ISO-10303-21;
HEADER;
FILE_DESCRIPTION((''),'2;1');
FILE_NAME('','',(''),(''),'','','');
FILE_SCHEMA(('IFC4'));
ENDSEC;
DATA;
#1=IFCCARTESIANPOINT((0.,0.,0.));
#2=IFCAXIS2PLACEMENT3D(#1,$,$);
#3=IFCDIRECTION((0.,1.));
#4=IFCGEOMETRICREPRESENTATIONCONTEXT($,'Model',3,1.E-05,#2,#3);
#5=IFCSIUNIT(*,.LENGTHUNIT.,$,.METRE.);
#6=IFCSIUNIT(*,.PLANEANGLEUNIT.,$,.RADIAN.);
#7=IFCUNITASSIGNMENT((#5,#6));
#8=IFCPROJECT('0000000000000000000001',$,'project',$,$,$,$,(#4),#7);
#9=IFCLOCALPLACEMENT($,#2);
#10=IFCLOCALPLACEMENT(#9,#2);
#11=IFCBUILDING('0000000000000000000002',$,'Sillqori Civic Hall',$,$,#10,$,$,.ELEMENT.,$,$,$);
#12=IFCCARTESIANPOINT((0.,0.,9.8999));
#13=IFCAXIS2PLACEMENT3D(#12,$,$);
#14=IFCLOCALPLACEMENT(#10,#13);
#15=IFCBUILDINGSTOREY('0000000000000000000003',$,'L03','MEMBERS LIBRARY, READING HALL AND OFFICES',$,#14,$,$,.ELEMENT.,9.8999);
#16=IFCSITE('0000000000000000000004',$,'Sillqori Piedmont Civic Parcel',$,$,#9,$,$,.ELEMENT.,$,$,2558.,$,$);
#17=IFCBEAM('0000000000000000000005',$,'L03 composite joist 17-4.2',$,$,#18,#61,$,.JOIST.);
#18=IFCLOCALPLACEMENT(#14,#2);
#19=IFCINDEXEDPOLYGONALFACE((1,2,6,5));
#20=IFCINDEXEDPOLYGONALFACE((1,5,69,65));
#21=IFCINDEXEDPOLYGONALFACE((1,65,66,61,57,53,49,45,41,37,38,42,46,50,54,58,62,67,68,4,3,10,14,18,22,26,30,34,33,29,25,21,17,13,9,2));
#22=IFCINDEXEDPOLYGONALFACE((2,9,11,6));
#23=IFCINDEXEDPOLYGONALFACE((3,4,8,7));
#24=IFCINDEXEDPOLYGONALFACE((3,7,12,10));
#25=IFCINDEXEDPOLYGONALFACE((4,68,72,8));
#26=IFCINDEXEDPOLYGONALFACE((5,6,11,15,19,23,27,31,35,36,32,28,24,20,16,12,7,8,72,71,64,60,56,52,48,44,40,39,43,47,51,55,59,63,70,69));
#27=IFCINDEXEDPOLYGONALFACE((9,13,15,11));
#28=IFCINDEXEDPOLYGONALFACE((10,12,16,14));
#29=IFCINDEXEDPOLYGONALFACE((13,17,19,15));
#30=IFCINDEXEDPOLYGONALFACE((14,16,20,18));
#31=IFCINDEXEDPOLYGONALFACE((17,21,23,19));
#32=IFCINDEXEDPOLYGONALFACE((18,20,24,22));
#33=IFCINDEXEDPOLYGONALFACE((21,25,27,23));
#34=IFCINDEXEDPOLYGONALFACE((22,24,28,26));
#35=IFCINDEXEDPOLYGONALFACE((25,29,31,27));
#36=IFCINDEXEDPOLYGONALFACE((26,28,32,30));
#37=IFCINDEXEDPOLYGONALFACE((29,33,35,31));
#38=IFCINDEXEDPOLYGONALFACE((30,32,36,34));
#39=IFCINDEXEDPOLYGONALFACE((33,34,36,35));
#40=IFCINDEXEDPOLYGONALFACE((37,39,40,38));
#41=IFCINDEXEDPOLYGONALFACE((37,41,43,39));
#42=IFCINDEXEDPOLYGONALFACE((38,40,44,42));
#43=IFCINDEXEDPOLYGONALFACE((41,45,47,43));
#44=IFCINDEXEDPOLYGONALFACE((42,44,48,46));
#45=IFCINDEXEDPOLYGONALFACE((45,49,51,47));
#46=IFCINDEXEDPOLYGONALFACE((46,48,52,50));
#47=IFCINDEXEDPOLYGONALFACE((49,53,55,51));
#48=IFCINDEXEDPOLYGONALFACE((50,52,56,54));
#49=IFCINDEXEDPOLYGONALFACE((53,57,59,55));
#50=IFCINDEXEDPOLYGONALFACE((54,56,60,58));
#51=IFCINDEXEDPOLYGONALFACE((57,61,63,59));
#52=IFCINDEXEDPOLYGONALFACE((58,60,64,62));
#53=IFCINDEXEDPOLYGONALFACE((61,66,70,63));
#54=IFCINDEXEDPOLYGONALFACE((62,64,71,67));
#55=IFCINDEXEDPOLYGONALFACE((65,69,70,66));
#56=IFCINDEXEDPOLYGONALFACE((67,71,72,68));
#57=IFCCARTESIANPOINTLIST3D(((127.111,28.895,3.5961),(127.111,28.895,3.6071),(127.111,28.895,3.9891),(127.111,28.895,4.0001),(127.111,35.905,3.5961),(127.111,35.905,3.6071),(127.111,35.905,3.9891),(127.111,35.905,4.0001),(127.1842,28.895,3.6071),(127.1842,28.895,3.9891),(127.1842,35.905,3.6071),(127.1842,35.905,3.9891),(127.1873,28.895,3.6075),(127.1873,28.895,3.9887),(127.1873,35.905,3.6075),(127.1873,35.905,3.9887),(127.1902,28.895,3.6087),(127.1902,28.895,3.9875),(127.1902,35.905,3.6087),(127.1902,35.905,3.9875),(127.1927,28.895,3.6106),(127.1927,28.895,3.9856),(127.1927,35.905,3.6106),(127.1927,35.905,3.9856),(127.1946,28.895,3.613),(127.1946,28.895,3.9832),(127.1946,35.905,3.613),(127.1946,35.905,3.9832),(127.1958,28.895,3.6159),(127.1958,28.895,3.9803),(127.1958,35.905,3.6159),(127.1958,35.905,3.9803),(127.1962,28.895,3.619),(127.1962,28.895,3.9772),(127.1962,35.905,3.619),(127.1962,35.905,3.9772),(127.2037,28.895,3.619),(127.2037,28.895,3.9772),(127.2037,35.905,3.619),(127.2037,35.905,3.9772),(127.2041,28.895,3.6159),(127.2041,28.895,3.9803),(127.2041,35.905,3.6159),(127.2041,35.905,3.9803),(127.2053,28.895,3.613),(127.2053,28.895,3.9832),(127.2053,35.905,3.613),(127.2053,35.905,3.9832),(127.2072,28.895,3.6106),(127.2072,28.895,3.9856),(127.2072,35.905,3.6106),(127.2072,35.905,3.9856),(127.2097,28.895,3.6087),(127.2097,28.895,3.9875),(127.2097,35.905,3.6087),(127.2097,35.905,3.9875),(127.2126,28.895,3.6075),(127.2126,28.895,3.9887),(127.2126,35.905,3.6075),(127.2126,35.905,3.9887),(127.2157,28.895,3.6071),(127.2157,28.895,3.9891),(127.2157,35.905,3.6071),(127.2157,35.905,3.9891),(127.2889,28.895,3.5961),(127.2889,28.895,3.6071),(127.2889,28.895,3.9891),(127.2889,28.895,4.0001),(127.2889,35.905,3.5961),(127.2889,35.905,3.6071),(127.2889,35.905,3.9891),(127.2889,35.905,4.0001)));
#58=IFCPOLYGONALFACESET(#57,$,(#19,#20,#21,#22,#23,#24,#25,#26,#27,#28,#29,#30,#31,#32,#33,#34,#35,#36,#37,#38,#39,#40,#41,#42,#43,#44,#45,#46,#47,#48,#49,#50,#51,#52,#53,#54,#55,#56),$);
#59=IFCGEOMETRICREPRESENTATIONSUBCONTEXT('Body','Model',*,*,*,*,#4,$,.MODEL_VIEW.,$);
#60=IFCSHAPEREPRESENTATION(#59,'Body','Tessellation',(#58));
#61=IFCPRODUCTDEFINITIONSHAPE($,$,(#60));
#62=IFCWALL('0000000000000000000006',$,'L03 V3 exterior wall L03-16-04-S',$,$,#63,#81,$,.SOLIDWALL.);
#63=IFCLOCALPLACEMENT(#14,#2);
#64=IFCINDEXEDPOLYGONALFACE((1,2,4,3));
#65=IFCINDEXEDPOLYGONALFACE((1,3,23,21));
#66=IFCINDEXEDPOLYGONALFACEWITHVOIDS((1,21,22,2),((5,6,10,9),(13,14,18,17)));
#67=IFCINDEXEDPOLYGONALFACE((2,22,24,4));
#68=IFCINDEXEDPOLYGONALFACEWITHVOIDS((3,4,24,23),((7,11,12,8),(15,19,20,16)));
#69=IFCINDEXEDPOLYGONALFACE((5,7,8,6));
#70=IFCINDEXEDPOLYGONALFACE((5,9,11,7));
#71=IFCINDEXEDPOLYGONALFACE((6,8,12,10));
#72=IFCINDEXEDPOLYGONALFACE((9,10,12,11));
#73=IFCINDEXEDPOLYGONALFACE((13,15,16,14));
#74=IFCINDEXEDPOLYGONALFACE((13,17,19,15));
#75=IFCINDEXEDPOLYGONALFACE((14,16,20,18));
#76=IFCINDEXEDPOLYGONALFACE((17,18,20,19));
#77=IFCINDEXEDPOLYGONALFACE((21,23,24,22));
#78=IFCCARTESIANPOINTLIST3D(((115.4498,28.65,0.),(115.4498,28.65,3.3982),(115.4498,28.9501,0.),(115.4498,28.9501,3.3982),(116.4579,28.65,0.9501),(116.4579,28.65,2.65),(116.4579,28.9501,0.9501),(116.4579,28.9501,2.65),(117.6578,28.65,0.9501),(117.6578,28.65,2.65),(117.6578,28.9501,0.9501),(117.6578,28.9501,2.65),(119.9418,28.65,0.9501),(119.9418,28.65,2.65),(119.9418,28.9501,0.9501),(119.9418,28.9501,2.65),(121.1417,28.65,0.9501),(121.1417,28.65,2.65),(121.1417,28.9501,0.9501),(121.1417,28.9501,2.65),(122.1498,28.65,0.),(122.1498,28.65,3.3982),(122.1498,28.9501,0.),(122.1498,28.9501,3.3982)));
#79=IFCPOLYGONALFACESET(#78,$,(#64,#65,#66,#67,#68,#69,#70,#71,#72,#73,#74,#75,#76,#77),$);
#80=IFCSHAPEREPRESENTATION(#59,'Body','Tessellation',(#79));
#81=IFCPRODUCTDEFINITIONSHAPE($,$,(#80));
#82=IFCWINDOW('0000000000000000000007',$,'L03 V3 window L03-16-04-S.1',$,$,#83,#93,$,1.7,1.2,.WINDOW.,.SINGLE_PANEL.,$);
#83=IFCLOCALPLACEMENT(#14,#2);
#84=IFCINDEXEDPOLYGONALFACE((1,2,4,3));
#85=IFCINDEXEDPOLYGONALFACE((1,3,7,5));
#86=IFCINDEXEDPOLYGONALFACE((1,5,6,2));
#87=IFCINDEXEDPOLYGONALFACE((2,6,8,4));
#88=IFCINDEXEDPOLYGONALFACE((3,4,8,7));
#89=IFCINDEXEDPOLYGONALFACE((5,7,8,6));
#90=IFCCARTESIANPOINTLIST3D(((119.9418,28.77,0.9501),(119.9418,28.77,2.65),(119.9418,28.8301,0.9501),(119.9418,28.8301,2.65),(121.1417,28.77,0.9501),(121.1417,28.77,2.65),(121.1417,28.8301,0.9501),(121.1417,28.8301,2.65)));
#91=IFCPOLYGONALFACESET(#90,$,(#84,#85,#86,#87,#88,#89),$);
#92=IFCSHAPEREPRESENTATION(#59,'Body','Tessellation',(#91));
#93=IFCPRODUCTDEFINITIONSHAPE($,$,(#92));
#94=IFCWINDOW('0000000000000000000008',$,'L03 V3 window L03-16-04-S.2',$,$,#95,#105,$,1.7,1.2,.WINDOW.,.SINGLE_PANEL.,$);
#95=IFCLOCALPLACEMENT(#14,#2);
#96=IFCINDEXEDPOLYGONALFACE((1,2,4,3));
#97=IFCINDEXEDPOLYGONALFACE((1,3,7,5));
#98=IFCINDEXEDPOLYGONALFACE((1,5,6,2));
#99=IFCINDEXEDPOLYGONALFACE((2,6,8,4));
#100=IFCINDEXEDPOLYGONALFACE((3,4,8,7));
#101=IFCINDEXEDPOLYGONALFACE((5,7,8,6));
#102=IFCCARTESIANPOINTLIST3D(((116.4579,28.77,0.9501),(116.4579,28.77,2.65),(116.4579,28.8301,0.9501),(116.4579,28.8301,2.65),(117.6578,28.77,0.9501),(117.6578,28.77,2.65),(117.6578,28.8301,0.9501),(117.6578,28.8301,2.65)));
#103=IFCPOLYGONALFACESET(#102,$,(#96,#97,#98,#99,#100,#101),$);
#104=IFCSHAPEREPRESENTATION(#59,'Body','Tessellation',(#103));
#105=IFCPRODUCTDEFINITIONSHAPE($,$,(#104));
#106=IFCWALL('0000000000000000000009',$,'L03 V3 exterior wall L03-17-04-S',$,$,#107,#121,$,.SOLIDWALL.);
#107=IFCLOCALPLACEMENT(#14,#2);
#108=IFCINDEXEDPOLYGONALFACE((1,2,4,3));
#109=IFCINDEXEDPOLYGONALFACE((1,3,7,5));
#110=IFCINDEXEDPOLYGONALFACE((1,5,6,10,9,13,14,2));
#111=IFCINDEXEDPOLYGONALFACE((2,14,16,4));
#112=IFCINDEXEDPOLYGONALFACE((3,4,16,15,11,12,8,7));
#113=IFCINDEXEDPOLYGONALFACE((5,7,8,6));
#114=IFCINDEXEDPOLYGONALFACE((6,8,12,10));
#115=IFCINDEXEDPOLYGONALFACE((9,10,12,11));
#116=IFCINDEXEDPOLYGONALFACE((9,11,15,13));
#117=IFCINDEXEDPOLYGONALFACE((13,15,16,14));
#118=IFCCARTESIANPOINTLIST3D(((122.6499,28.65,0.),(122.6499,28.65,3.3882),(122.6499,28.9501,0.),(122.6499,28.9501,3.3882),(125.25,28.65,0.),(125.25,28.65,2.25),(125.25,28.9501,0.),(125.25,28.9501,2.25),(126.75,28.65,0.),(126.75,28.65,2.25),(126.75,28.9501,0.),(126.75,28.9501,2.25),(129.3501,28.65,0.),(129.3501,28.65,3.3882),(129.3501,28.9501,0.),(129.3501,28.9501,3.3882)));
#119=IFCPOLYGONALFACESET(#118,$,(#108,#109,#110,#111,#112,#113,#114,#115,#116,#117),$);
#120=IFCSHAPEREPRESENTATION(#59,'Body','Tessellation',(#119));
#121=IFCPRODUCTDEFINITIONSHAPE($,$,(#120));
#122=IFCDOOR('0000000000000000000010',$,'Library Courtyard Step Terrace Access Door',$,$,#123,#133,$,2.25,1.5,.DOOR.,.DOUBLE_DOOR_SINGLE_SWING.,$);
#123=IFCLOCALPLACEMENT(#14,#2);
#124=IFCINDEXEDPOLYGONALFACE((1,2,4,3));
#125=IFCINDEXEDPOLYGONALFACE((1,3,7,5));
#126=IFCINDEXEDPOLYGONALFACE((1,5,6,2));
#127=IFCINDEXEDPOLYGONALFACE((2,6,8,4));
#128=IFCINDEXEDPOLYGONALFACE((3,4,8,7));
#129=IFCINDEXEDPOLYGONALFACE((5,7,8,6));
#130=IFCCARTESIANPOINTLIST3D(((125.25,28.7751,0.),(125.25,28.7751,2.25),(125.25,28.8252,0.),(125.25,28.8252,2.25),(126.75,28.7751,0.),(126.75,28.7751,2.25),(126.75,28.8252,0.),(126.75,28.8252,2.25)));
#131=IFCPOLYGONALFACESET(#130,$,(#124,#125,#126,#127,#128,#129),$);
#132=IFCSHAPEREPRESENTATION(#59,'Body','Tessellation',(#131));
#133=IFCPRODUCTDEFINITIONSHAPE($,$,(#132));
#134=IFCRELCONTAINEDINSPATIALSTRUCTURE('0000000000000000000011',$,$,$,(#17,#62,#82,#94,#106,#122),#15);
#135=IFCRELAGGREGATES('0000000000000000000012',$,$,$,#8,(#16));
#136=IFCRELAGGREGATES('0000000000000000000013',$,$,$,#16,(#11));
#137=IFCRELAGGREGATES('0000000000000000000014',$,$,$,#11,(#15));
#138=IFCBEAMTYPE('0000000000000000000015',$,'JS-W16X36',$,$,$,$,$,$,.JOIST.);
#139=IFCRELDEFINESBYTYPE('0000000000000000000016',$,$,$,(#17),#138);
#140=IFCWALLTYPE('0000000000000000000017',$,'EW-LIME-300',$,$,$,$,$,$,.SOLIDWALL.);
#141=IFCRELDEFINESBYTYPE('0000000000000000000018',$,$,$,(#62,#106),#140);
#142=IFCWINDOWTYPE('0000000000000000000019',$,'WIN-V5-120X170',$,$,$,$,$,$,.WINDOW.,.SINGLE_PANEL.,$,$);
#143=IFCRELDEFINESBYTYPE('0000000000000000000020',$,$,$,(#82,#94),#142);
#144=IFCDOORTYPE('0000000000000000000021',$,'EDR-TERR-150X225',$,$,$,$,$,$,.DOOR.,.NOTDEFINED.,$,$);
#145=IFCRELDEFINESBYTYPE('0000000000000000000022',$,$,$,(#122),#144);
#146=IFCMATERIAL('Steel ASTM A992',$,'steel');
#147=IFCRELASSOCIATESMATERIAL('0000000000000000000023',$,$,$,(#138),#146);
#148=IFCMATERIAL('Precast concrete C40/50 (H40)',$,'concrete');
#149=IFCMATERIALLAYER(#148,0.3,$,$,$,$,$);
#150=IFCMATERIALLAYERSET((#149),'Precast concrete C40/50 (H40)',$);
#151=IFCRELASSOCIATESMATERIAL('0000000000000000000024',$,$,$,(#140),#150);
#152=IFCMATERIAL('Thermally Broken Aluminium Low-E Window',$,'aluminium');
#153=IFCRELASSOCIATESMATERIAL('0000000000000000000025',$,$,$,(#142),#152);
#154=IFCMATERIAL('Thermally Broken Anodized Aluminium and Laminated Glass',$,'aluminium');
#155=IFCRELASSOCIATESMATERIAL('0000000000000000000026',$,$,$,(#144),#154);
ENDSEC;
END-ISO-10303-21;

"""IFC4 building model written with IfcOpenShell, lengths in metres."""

from ifc_helpers import new_model, si_unit, direction, frame, frame_2d, origin, origin_2d, place, context, subcontext, project, spatial, rectangle, i_section, extrude, material, layer, layer_set, material_profile, profile_set, type_object, element, fill, save


model = new_model("IFC4")

# Units and contexts
model_context = context("Model", 3, precision=1e-05, world=origin(), true_north=direction((0.0, 1.0)))
body_context = subcontext(model_context, "Body", "Model", "MODEL_VIEW")
ifc_project = project(units=[si_unit("LENGTHUNIT", "METRE"), si_unit("PLANEANGLEUNIT", "RADIAN")], contexts=[model_context])

# Site, building, storey
site_placement = place(None, origin())
site = spatial("IfcSite", under=ifc_project, at=site_placement, Name="Sillqori Piedmont Civic Parcel", CompositionType="ELEMENT", RefElevation=2558.0)
building_placement = place(site_placement, origin())
building = spatial("IfcBuilding", under=site, at=building_placement, Name="Sillqori Civic Hall", CompositionType="ELEMENT")
storey_placement = place(building_placement, frame((0.0, 0.0, 9.8999)))
storey = spatial("IfcBuildingStorey", under=building, at=storey_placement, Name="L03", Description="MEMBERS LIBRARY, READING HALL AND OFFICES", CompositionType="ELEMENT", Elevation=9.8999)

# Shared definitions
ifc_material_1 = material(Name="Steel ASTM A992", Category="steel")

# Beam
ifc_material_profile_1 = material_profile(ifc_material_1, i_section(OverallWidth=0.178, OverallDepth=0.4041, WebThickness=0.0076, FlangeThickness=0.011, FilletRadius=0.012, at=origin_2d()), Name="W16X36")
ifc_profile_set_1 = profile_set([ifc_material_profile_1], Name="Steel ASTM A992")
beam_type_1 = type_object("IfcBeamType", Name="JS-W16X36", PredefinedType="JOIST", material=ifc_profile_set_1)
for number, where, z_axis, x_axis, name in (
    (1, (127.2, 28.895, 3.7981), (0.0, 1.0, 0.0), (-1.0, 0.0, 0.0), "L03 composite joist 17-4.2"),
):
    element("IfcBeam", number, at=place(storey_placement, frame(where, z_axis=z_axis, x_axis=x_axis)), inside=storey, type_object=beam_type_1, Name=name, PredefinedType="JOIST", context=body_context, shape_type="SweptSolid", body=[
        extrude(i_section(OverallWidth=0.178, OverallDepth=0.4041, WebThickness=0.0076, FlangeThickness=0.011, FilletRadius=0.012, at=origin_2d()), origin(), (0.0, 0.0, 1.0), 7.01),
    ])

# Wall, openings, windows
ifc_material_2 = material(Name="Precast concrete C40/50 (H40)", Category="concrete")
ifc_layer_1 = layer(ifc_material_2, 0.3)
ifc_layer_set_1 = layer_set([ifc_layer_1], Name="Precast concrete C40/50 (H40)")
wall_type_1 = type_object("IfcWallType", Name="EW-LIME-300", PredefinedType="SOLIDWALL", material=ifc_layer_set_1)
wall_1_placement = place(storey_placement, frame((122.1499, 28.8, 0.0), z_axis=(0.0, 0.0, 1.0), x_axis=(-1.0, 0.0, 0.0)))
wall_1 = element("IfcWall", 2, at=wall_1_placement, inside=storey, type_object=wall_type_1, Name="L03 V3 exterior wall L03-16-04-S", PredefinedType="SOLIDWALL", context=body_context, shape_type="SweptSolid", body=[
    extrude(rectangle(XDim=6.7, YDim=0.3, at=frame_2d((3.3501, 0.0))), origin(), (0.0, 0.0, 1.0), 3.3982),
])
opening_1_placement = place(wall_1_placement, frame((1.0081, 0.0, 0.95)))
opening_1 = element("IfcOpeningElement", 3, at=opening_1_placement, cuts=wall_1, PredefinedType="OPENING", context=body_context, shape_type="SweptSolid", body=[
    extrude(rectangle(XDim=1.2, YDim=1.7, at=frame_2d((0.6001, 0.8501))), frame((0.0, 0.1599, 0.0), z_axis=(0.0, -1.0, 0.0), x_axis=(1.0, 0.0, 0.0)), (0.0, 0.0, 1.0), 0.3201),
])
opening_2_placement = place(wall_1_placement, frame((4.4919, 0.0, 0.95)))
opening_2 = element("IfcOpeningElement", 4, at=opening_2_placement, cuts=wall_1, PredefinedType="OPENING", context=body_context, shape_type="SweptSolid", body=[
    extrude(rectangle(XDim=1.2, YDim=1.7, at=frame_2d((0.6001, 0.8501))), frame((0.0, 0.1599, 0.0), z_axis=(0.0, -1.0, 0.0), x_axis=(1.0, 0.0, 0.0)), (0.0, 0.0, 1.0), 0.3201),
])
ifc_material_3 = material(Name="Thermally Broken Aluminium Low-E Window", Category="aluminium")
window_type_1 = type_object("IfcWindowType", Name="WIN-V5-120X170", PartitioningType="SINGLE_PANEL", PredefinedType="WINDOW", material=ifc_material_3)
window_1_placement = place(opening_1_placement, origin())
window_1 = element("IfcWindow", 5, at=window_1_placement, inside=storey, type_object=window_type_1, Name="L03 V3 window L03-16-04-S.1", OverallHeight=1.7, OverallWidth=1.2, PartitioningType="SINGLE_PANEL", PredefinedType="WINDOW", context=body_context, shape_type="SweptSolid", body=[
    extrude(rectangle(XDim=1.2, YDim=1.7, at=frame_2d((0.6001, 0.8501))), frame((0.0, 0.03, 0.0), z_axis=(0.0, -1.0, 0.0), x_axis=(1.0, 0.0, 0.0)), (0.0, 0.0, 1.0), 0.0601),
])
fill(opening_1, window_1)
window_2_placement = place(opening_2_placement, origin())
window_2 = element("IfcWindow", 6, at=window_2_placement, inside=storey, type_object=window_type_1, Name="L03 V3 window L03-16-04-S.2", OverallHeight=1.7, OverallWidth=1.2, PartitioningType="SINGLE_PANEL", PredefinedType="WINDOW", context=body_context, shape_type="SweptSolid", body=[
    extrude(rectangle(XDim=1.2, YDim=1.7, at=frame_2d((0.6001, 0.8501))), frame((0.0, 0.03, 0.0), z_axis=(0.0, -1.0, 0.0), x_axis=(1.0, 0.0, 0.0)), (0.0, 0.0, 1.0), 0.0601),
])
fill(opening_2, window_2)

# Wall, opening, door
wall_2_placement = place(storey_placement, frame((129.3501, 28.8, 0.0), z_axis=(0.0, 0.0, 1.0), x_axis=(-1.0, 0.0, 0.0)))
wall_2 = element("IfcWall", 7, at=wall_2_placement, inside=storey, type_object=wall_type_1, Name="L03 V3 exterior wall L03-17-04-S", PredefinedType="SOLIDWALL", context=body_context, shape_type="SweptSolid", body=[
    extrude(rectangle(XDim=6.7002, YDim=0.3, at=frame_2d((3.3501, 0.0))), origin(), (0.0, 0.0, 1.0), 3.3882),
])
opening_3_placement = place(wall_2_placement, frame((2.6001, 0.0, 0.0)))
opening_3 = element("IfcOpeningElement", 8, at=opening_3_placement, cuts=wall_2, PredefinedType="OPENING", context=body_context, shape_type="SweptSolid", body=[
    extrude(rectangle(XDim=1.5, YDim=2.25, at=frame_2d((0.75, 1.125))), frame((0.0, 0.1599, 0.0), z_axis=(0.0, -1.0, 0.0), x_axis=(1.0, 0.0, 0.0)), (0.0, 0.0, 1.0), 0.3201),
])
ifc_material_4 = material(Name="Thermally Broken Anodized Aluminium and Laminated Glass", Category="aluminium")
door_type_1 = type_object("IfcDoorType", Name="EDR-TERR-150X225", OperationType="NOTDEFINED", PredefinedType="DOOR", material=ifc_material_4)
door_1_placement = place(opening_3_placement, origin())
door_1 = element("IfcDoor", 9, at=door_1_placement, inside=storey, type_object=door_type_1, Name="Library Courtyard Step Terrace Access Door", OperationType="DOUBLE_DOOR_SINGLE_SWING", OverallHeight=2.25, OverallWidth=1.5, PredefinedType="DOOR", context=body_context, shape_type="SweptSolid", body=[
    extrude(rectangle(XDim=1.5, YDim=2.25, at=frame_2d((0.75, 1.125))), frame((0.0, 0.0249, 0.0), z_axis=(0.0, -1.0, 0.0), x_axis=(1.0, 0.0, 0.0)), (0.0, 0.0, 1.0), 0.05),
])
fill(opening_3, door_1)

save(model, "model.ifc")
